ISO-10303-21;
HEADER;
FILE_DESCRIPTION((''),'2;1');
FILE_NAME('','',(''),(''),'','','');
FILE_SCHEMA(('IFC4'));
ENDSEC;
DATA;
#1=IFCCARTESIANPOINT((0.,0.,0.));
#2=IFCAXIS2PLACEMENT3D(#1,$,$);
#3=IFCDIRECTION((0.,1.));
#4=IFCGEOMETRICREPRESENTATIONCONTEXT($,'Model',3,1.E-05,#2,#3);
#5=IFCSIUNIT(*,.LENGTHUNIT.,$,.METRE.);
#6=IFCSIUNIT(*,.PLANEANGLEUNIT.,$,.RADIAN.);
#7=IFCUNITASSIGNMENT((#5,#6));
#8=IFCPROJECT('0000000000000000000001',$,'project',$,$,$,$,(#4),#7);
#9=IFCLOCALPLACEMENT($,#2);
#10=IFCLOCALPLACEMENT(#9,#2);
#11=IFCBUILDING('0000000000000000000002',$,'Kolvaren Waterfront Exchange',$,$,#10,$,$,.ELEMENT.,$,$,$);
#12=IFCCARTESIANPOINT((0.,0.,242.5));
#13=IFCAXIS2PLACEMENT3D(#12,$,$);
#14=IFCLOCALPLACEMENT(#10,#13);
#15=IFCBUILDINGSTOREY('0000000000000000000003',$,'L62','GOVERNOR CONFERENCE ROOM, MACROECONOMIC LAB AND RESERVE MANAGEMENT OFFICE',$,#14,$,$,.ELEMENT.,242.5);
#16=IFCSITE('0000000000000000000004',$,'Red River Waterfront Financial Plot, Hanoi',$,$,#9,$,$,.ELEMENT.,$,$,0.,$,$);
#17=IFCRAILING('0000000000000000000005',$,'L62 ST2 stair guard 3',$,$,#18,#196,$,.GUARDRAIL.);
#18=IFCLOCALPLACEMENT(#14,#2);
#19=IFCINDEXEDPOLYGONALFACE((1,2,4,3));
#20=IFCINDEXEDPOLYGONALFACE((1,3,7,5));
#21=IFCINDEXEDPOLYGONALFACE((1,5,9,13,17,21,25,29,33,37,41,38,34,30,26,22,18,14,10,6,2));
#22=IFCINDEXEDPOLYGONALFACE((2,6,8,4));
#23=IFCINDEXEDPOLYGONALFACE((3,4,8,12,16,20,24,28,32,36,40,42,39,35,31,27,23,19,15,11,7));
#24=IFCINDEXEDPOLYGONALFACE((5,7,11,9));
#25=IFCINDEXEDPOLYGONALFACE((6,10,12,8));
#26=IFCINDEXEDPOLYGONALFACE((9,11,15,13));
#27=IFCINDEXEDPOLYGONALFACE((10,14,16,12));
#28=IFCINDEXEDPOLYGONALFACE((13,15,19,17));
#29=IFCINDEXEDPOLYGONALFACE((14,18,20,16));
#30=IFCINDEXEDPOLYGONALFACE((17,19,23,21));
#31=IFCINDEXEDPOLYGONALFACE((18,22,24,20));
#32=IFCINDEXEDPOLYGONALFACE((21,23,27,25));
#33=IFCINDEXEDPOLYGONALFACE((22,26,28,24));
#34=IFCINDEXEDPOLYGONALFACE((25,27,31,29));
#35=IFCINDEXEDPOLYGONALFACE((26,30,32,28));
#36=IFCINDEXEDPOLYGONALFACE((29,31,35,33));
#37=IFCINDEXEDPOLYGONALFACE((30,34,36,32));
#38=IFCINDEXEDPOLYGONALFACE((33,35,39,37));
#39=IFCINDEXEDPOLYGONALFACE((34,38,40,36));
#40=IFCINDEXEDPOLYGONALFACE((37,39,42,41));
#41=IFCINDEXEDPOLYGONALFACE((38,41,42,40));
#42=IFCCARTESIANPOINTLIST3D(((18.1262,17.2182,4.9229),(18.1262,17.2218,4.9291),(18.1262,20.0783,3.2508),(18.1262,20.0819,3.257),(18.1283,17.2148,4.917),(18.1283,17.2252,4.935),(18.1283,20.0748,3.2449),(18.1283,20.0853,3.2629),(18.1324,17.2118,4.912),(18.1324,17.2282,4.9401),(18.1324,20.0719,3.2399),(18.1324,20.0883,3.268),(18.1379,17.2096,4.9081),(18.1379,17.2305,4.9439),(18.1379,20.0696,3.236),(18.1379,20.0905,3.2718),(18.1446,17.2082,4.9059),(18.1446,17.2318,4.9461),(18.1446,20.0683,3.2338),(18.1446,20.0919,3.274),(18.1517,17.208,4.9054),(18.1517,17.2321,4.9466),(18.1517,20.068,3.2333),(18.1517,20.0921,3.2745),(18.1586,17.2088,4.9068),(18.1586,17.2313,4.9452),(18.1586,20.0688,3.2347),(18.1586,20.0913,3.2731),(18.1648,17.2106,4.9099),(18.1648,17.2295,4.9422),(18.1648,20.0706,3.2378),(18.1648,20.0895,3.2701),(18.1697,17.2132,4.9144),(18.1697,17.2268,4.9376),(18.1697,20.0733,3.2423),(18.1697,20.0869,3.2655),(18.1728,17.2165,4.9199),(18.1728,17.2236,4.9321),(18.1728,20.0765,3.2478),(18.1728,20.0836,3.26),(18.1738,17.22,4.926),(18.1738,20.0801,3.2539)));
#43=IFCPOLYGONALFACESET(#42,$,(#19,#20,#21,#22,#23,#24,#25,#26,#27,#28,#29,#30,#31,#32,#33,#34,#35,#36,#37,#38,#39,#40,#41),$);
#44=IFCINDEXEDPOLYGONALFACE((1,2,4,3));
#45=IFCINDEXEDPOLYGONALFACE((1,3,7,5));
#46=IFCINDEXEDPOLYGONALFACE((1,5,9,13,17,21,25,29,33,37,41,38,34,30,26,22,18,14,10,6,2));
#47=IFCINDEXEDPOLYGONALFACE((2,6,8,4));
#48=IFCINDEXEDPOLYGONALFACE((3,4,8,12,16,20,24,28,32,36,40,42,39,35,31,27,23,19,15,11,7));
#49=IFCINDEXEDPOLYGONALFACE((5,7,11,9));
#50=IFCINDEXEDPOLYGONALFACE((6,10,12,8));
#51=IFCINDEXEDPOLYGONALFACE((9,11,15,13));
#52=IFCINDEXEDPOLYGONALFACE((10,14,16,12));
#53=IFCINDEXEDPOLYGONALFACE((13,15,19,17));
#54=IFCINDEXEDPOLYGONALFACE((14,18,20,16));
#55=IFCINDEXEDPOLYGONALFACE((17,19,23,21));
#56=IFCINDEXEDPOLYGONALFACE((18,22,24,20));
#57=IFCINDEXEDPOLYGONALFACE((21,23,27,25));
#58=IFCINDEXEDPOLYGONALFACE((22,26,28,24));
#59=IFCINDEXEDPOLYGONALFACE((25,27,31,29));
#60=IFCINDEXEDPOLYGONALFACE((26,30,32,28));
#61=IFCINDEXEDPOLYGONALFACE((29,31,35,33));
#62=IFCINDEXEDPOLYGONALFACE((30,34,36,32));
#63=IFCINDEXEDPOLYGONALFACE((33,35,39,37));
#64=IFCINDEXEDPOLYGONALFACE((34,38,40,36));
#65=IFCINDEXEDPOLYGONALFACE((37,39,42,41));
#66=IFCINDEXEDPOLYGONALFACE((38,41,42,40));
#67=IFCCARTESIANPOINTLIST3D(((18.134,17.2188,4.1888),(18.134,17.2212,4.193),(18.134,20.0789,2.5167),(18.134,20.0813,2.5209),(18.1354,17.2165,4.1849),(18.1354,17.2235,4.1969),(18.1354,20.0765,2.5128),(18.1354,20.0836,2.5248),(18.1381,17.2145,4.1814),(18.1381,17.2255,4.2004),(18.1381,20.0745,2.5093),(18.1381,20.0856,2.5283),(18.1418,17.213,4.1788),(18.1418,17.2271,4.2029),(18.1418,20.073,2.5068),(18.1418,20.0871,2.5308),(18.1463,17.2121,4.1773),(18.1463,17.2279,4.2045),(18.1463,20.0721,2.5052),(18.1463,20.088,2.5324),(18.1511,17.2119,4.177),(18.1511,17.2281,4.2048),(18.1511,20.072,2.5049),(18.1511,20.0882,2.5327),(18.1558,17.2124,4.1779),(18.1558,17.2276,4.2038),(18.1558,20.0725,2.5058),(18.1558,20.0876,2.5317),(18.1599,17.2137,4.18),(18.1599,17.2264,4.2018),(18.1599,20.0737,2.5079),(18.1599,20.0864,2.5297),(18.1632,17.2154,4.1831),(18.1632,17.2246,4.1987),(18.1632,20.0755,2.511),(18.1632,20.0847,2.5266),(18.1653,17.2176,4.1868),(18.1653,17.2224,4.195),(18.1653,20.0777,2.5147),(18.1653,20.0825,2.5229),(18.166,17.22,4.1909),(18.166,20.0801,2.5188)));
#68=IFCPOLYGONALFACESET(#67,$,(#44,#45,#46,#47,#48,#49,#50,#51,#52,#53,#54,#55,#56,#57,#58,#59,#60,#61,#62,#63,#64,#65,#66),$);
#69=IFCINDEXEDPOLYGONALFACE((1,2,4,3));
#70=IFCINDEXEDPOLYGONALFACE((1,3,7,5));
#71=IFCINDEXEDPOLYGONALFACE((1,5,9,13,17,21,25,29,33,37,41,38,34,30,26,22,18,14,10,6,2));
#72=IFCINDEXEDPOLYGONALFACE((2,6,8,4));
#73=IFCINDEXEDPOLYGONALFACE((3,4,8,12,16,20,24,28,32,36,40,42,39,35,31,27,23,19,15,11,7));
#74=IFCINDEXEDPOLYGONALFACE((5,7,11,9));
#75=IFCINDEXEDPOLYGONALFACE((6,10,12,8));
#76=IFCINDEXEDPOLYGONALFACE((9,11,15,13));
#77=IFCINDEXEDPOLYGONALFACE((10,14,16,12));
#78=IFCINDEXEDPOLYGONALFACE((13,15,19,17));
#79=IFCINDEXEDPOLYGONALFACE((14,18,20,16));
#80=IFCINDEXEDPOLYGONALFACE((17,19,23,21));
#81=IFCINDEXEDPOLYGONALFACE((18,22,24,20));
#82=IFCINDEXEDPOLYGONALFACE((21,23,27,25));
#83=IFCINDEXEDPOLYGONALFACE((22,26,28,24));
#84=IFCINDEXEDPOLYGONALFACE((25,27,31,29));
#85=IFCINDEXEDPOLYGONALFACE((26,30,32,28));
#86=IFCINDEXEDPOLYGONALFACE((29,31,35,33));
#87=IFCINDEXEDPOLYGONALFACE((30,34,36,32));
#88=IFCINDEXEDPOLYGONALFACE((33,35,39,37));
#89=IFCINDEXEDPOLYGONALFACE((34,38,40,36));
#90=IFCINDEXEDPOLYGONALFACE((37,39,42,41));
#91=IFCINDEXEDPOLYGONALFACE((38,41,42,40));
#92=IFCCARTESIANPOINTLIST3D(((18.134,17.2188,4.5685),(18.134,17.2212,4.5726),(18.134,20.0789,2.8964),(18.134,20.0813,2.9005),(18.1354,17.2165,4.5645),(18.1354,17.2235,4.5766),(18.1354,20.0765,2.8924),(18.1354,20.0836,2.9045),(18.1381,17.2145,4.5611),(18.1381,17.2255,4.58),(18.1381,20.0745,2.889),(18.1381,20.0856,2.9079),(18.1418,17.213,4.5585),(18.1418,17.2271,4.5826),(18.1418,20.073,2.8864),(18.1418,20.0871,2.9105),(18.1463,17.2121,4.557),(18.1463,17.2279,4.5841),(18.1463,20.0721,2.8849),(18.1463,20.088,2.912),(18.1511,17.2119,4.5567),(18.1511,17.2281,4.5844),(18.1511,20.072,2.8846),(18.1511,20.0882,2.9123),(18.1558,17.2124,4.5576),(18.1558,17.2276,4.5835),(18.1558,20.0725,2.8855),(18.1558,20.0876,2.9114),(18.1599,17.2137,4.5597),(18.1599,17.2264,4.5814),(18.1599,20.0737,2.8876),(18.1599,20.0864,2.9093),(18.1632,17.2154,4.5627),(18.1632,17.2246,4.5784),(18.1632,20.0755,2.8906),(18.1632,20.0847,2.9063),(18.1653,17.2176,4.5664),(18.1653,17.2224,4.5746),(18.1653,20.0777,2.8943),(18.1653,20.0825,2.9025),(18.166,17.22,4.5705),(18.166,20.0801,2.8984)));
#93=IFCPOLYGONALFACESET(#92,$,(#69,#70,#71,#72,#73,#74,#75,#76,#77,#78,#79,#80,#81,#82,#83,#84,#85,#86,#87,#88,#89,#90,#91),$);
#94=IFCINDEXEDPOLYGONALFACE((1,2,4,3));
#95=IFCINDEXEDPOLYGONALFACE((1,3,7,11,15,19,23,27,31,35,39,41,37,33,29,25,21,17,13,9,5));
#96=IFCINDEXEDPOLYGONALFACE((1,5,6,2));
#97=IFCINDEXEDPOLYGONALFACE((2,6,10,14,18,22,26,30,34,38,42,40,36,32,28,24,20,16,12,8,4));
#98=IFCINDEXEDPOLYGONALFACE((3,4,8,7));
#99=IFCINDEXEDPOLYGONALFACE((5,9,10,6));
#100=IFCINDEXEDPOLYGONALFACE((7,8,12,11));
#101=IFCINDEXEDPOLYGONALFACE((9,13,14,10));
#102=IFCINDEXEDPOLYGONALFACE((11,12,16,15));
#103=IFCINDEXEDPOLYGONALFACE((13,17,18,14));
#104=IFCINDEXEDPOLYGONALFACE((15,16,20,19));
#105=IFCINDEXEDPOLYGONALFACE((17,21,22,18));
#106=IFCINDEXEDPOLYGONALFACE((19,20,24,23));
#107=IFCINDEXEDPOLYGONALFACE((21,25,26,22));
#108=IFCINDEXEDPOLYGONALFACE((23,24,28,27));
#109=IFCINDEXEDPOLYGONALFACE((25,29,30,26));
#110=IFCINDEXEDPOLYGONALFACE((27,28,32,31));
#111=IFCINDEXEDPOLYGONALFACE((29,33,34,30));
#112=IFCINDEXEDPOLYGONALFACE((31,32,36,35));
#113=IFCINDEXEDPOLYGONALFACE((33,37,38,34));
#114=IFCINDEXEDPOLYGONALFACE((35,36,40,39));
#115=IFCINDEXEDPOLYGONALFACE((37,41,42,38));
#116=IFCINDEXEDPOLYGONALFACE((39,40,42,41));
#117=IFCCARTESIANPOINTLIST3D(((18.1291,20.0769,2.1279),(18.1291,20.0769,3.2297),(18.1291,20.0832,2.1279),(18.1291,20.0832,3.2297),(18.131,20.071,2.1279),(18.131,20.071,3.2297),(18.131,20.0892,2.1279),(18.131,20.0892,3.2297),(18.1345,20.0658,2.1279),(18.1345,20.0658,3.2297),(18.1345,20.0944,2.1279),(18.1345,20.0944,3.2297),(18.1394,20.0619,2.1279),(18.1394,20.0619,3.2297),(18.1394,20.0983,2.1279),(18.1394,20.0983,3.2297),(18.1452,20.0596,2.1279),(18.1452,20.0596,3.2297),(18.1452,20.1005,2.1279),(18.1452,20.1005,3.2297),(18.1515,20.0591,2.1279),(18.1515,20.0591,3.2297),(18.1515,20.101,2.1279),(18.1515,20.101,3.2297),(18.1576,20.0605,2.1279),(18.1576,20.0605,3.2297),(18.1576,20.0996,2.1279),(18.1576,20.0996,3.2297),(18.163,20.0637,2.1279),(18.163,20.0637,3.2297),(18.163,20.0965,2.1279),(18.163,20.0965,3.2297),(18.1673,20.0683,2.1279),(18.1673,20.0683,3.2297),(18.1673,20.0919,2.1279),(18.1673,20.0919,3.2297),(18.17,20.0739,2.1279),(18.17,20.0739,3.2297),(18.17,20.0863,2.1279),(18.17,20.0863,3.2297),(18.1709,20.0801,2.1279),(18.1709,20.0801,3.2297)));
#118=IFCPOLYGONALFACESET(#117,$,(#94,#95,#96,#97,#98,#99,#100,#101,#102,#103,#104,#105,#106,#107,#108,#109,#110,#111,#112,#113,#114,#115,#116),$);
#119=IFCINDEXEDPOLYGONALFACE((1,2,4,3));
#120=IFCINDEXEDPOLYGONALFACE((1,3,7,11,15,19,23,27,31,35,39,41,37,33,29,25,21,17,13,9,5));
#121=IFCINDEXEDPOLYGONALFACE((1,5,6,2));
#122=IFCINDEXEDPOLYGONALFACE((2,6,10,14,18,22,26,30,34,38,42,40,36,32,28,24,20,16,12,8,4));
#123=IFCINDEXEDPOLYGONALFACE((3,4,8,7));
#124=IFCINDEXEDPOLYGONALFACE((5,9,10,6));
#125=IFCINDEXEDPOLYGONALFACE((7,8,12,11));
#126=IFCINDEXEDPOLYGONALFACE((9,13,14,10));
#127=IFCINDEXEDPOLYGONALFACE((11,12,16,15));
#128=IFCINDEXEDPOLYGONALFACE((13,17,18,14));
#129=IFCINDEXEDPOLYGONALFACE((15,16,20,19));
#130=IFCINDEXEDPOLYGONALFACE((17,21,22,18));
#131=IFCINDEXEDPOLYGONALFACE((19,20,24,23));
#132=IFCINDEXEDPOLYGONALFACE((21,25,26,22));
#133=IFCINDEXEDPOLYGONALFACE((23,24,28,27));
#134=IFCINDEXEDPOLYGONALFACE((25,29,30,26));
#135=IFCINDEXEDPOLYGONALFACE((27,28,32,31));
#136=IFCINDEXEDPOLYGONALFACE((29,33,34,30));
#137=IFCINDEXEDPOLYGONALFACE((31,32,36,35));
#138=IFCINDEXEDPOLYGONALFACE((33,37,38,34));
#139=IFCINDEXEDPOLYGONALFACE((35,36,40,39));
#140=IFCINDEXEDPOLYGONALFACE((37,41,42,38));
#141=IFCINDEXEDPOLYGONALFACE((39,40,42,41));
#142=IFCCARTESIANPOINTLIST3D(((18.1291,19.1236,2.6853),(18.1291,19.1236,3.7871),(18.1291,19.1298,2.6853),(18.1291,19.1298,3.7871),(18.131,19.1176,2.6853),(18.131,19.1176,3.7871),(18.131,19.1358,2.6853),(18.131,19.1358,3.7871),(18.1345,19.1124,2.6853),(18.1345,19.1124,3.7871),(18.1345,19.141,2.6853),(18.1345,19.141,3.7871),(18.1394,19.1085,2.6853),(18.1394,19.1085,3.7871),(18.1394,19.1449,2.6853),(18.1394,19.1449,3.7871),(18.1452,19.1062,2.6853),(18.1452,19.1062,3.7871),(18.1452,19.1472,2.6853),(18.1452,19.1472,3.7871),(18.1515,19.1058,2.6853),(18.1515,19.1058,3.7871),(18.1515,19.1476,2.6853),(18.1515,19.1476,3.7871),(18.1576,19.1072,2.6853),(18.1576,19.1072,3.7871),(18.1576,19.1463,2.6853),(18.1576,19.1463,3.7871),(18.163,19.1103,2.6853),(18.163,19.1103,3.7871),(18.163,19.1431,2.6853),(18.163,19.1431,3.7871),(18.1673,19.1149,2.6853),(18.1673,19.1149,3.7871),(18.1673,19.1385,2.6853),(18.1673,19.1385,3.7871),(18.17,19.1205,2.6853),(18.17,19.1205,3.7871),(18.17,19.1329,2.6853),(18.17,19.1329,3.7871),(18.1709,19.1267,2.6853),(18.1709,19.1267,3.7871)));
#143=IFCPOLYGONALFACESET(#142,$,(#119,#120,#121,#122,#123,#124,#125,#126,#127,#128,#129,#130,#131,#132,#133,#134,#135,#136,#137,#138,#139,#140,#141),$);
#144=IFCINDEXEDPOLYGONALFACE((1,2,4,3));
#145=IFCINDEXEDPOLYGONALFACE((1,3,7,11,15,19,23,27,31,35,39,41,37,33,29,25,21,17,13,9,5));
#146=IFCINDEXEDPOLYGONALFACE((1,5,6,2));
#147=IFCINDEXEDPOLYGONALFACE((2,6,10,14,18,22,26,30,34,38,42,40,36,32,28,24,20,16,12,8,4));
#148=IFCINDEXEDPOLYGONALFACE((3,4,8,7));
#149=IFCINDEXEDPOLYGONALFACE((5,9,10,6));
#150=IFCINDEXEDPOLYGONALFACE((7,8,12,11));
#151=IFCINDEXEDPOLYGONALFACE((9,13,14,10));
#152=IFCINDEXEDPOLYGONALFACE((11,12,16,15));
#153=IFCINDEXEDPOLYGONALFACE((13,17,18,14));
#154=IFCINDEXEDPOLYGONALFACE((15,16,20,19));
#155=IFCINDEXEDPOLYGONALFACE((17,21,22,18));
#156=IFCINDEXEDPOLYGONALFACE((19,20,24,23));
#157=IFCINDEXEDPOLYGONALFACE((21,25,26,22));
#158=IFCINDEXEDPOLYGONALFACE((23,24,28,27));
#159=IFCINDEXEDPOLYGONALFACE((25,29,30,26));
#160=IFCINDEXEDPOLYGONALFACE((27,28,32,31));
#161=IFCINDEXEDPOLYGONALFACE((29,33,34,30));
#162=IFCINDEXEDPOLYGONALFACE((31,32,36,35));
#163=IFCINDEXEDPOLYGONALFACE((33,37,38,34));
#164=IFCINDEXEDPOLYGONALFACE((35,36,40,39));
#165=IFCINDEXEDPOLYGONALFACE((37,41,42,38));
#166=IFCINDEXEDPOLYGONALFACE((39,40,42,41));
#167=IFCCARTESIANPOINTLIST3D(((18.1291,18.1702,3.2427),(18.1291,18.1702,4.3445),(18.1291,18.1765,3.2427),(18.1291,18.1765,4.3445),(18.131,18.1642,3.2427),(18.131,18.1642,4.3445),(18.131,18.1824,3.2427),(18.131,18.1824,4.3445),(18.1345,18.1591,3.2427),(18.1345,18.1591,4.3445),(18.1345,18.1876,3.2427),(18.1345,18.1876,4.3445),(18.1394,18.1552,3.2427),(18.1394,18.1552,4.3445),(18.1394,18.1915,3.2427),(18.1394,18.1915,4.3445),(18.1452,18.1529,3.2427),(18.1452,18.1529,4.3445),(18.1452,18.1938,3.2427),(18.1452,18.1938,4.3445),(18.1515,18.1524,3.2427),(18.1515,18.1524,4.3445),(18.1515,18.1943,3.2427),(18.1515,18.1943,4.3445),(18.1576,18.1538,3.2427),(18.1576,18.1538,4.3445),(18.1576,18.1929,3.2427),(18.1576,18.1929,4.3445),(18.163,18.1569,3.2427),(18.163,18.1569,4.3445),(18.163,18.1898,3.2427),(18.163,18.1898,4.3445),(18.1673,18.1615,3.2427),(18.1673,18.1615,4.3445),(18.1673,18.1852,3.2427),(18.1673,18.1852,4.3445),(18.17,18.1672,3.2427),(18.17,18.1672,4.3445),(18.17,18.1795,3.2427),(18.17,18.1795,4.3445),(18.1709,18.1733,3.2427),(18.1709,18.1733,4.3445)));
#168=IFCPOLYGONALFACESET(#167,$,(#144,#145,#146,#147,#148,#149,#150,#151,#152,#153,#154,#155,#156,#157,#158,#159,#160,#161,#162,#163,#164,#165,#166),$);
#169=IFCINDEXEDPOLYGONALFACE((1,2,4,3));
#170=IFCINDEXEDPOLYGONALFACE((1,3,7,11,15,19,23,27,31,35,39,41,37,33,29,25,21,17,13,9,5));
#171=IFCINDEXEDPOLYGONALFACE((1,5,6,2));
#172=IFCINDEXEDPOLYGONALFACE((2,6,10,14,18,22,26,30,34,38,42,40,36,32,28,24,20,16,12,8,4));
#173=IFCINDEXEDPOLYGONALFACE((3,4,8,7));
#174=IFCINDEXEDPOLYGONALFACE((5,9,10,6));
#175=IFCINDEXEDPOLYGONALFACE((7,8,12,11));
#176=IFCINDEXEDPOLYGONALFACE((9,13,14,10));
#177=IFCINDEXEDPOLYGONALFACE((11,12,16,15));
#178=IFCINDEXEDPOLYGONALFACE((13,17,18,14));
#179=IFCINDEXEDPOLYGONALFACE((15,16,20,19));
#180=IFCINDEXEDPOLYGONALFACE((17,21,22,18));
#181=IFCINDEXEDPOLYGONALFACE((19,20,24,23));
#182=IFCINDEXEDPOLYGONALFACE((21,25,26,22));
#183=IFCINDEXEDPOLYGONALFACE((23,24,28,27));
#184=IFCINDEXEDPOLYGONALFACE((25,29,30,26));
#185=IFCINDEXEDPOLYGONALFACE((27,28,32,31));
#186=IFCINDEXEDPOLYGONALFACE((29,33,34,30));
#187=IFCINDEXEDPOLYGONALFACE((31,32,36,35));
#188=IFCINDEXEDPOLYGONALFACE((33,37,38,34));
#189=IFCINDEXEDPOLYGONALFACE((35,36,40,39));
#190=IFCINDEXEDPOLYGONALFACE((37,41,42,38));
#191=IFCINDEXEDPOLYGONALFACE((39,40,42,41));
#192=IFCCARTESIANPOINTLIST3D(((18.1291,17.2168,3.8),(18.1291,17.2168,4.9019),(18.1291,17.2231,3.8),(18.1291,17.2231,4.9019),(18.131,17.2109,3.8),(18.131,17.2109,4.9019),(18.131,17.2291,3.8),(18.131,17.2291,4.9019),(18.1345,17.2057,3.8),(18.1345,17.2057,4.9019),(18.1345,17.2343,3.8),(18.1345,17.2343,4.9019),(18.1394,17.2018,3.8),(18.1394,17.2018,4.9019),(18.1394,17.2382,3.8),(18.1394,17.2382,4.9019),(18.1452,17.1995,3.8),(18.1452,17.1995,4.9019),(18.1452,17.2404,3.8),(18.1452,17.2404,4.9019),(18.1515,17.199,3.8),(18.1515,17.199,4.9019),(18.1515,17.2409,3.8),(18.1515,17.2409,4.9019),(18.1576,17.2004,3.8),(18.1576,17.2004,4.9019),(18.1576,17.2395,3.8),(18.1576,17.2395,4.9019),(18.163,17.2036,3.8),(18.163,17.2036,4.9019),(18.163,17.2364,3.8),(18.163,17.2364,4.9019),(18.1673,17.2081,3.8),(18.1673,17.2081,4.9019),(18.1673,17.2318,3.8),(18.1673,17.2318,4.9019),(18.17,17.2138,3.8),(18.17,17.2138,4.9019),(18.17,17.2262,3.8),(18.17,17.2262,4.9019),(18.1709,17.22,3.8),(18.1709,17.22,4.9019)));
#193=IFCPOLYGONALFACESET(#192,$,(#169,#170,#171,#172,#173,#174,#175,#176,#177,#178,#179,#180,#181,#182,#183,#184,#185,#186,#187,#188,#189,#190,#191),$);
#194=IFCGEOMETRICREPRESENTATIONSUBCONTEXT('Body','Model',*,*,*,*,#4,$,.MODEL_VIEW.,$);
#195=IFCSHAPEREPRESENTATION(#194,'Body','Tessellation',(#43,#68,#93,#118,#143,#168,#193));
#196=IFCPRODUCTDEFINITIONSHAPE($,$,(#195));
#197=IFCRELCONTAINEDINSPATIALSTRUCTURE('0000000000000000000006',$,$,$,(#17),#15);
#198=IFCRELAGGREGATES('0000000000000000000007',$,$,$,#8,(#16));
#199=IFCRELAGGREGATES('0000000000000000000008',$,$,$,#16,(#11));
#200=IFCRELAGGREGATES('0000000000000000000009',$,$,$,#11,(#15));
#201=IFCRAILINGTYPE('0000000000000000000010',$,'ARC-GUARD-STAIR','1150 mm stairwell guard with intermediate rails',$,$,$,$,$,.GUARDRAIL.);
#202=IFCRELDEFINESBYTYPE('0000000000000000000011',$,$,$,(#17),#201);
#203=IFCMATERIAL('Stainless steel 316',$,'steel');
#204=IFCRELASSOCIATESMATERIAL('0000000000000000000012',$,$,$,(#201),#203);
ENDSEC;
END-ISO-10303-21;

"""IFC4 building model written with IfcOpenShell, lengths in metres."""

from ifc_helpers import new_model, si_unit, direction, frame, origin, origin_2d, place, context, subcontext, project, spatial, circle, extrude, material, type_object, element, save


model = new_model("IFC4")

# Units and contexts
model_context = context("Model", 3, precision=1e-05, world=origin(), true_north=direction((0.0, 1.0)))
body_context = subcontext(model_context, "Body", "Model", "MODEL_VIEW")
ifc_project = project(units=[si_unit("LENGTHUNIT", "METRE"), si_unit("PLANEANGLEUNIT", "RADIAN")], contexts=[model_context])

# Site, building, storey
site_placement = place(None, origin())
site = spatial("IfcSite", under=ifc_project, at=site_placement, Name="Red River Waterfront Financial Plot, Hanoi", CompositionType="ELEMENT", RefElevation=0.0)
building_placement = place(site_placement, origin())
building = spatial("IfcBuilding", under=site, at=building_placement, Name="Kolvaren Waterfront Exchange", CompositionType="ELEMENT")
storey_placement = place(building_placement, frame((0.0, 0.0, 242.5)))
storey = spatial("IfcBuildingStorey", under=building, at=storey_placement, Name="L62", Description="GOVERNOR CONFERENCE ROOM, MACROECONOMIC LAB AND RESERVE MANAGEMENT OFFICE", CompositionType="ELEMENT", Elevation=242.5)

# Railing
ifc_material_1 = material(Name="Stainless steel 316", Category="steel")
railing_type_1 = type_object("IfcRailingType", Name="ARC-GUARD-STAIR", Description="1150 mm stairwell guard with intermediate rails", PredefinedType="GUARDRAIL", material=ifc_material_1)
railing_1_placement = place(storey_placement, frame((18.1499, 20.0801, 2.1279)))
element("IfcRailing", 1, at=railing_1_placement, inside=storey, type_object=railing_type_1, Name="L62 ST2 stair guard 3", PredefinedType="GUARDRAIL", context=body_context, shape_type="SweptSolid", body=[
    extrude(circle(Radius=0.0239, at=origin_2d()), frame((0.0, 0.0, 1.126), z_axis=(0.0, -0.863289, 0.504709), x_axis=(1.0, 0.0, 0.0)), (0.0, 0.0, 1.0), 3.313),
    extrude(circle(Radius=0.0161, at=origin_2d()), frame((0.0, 0.0, 0.3909), z_axis=(0.0, -0.863289, 0.504709), x_axis=(1.0, 0.0, 0.0)), (0.0, 0.0, 1.0), 3.313),
    extrude(circle(Radius=0.0161, at=origin_2d()), frame((0.0, 0.0, 0.7705), z_axis=(0.0, -0.863289, 0.504709), x_axis=(1.0, 0.0, 0.0)), (0.0, 0.0, 1.0), 3.313),
    extrude(circle(Radius=0.021, at=origin_2d()), origin(), (0.0, 0.0, 1.0), 1.1018),
    extrude(circle(Radius=0.021, at=origin_2d()), frame((0.0, -0.9534, 0.5574)), (0.0, 0.0, 1.0), 1.1018),
    extrude(circle(Radius=0.021, at=origin_2d()), frame((0.0, -1.9067, 1.1147)), (0.0, 0.0, 1.0), 1.1018),
    extrude(circle(Radius=0.021, at=origin_2d()), frame((0.0, -2.8601, 1.6721)), (0.0, 0.0, 1.0), 1.1018),
])

save(model, "model.ifc")
